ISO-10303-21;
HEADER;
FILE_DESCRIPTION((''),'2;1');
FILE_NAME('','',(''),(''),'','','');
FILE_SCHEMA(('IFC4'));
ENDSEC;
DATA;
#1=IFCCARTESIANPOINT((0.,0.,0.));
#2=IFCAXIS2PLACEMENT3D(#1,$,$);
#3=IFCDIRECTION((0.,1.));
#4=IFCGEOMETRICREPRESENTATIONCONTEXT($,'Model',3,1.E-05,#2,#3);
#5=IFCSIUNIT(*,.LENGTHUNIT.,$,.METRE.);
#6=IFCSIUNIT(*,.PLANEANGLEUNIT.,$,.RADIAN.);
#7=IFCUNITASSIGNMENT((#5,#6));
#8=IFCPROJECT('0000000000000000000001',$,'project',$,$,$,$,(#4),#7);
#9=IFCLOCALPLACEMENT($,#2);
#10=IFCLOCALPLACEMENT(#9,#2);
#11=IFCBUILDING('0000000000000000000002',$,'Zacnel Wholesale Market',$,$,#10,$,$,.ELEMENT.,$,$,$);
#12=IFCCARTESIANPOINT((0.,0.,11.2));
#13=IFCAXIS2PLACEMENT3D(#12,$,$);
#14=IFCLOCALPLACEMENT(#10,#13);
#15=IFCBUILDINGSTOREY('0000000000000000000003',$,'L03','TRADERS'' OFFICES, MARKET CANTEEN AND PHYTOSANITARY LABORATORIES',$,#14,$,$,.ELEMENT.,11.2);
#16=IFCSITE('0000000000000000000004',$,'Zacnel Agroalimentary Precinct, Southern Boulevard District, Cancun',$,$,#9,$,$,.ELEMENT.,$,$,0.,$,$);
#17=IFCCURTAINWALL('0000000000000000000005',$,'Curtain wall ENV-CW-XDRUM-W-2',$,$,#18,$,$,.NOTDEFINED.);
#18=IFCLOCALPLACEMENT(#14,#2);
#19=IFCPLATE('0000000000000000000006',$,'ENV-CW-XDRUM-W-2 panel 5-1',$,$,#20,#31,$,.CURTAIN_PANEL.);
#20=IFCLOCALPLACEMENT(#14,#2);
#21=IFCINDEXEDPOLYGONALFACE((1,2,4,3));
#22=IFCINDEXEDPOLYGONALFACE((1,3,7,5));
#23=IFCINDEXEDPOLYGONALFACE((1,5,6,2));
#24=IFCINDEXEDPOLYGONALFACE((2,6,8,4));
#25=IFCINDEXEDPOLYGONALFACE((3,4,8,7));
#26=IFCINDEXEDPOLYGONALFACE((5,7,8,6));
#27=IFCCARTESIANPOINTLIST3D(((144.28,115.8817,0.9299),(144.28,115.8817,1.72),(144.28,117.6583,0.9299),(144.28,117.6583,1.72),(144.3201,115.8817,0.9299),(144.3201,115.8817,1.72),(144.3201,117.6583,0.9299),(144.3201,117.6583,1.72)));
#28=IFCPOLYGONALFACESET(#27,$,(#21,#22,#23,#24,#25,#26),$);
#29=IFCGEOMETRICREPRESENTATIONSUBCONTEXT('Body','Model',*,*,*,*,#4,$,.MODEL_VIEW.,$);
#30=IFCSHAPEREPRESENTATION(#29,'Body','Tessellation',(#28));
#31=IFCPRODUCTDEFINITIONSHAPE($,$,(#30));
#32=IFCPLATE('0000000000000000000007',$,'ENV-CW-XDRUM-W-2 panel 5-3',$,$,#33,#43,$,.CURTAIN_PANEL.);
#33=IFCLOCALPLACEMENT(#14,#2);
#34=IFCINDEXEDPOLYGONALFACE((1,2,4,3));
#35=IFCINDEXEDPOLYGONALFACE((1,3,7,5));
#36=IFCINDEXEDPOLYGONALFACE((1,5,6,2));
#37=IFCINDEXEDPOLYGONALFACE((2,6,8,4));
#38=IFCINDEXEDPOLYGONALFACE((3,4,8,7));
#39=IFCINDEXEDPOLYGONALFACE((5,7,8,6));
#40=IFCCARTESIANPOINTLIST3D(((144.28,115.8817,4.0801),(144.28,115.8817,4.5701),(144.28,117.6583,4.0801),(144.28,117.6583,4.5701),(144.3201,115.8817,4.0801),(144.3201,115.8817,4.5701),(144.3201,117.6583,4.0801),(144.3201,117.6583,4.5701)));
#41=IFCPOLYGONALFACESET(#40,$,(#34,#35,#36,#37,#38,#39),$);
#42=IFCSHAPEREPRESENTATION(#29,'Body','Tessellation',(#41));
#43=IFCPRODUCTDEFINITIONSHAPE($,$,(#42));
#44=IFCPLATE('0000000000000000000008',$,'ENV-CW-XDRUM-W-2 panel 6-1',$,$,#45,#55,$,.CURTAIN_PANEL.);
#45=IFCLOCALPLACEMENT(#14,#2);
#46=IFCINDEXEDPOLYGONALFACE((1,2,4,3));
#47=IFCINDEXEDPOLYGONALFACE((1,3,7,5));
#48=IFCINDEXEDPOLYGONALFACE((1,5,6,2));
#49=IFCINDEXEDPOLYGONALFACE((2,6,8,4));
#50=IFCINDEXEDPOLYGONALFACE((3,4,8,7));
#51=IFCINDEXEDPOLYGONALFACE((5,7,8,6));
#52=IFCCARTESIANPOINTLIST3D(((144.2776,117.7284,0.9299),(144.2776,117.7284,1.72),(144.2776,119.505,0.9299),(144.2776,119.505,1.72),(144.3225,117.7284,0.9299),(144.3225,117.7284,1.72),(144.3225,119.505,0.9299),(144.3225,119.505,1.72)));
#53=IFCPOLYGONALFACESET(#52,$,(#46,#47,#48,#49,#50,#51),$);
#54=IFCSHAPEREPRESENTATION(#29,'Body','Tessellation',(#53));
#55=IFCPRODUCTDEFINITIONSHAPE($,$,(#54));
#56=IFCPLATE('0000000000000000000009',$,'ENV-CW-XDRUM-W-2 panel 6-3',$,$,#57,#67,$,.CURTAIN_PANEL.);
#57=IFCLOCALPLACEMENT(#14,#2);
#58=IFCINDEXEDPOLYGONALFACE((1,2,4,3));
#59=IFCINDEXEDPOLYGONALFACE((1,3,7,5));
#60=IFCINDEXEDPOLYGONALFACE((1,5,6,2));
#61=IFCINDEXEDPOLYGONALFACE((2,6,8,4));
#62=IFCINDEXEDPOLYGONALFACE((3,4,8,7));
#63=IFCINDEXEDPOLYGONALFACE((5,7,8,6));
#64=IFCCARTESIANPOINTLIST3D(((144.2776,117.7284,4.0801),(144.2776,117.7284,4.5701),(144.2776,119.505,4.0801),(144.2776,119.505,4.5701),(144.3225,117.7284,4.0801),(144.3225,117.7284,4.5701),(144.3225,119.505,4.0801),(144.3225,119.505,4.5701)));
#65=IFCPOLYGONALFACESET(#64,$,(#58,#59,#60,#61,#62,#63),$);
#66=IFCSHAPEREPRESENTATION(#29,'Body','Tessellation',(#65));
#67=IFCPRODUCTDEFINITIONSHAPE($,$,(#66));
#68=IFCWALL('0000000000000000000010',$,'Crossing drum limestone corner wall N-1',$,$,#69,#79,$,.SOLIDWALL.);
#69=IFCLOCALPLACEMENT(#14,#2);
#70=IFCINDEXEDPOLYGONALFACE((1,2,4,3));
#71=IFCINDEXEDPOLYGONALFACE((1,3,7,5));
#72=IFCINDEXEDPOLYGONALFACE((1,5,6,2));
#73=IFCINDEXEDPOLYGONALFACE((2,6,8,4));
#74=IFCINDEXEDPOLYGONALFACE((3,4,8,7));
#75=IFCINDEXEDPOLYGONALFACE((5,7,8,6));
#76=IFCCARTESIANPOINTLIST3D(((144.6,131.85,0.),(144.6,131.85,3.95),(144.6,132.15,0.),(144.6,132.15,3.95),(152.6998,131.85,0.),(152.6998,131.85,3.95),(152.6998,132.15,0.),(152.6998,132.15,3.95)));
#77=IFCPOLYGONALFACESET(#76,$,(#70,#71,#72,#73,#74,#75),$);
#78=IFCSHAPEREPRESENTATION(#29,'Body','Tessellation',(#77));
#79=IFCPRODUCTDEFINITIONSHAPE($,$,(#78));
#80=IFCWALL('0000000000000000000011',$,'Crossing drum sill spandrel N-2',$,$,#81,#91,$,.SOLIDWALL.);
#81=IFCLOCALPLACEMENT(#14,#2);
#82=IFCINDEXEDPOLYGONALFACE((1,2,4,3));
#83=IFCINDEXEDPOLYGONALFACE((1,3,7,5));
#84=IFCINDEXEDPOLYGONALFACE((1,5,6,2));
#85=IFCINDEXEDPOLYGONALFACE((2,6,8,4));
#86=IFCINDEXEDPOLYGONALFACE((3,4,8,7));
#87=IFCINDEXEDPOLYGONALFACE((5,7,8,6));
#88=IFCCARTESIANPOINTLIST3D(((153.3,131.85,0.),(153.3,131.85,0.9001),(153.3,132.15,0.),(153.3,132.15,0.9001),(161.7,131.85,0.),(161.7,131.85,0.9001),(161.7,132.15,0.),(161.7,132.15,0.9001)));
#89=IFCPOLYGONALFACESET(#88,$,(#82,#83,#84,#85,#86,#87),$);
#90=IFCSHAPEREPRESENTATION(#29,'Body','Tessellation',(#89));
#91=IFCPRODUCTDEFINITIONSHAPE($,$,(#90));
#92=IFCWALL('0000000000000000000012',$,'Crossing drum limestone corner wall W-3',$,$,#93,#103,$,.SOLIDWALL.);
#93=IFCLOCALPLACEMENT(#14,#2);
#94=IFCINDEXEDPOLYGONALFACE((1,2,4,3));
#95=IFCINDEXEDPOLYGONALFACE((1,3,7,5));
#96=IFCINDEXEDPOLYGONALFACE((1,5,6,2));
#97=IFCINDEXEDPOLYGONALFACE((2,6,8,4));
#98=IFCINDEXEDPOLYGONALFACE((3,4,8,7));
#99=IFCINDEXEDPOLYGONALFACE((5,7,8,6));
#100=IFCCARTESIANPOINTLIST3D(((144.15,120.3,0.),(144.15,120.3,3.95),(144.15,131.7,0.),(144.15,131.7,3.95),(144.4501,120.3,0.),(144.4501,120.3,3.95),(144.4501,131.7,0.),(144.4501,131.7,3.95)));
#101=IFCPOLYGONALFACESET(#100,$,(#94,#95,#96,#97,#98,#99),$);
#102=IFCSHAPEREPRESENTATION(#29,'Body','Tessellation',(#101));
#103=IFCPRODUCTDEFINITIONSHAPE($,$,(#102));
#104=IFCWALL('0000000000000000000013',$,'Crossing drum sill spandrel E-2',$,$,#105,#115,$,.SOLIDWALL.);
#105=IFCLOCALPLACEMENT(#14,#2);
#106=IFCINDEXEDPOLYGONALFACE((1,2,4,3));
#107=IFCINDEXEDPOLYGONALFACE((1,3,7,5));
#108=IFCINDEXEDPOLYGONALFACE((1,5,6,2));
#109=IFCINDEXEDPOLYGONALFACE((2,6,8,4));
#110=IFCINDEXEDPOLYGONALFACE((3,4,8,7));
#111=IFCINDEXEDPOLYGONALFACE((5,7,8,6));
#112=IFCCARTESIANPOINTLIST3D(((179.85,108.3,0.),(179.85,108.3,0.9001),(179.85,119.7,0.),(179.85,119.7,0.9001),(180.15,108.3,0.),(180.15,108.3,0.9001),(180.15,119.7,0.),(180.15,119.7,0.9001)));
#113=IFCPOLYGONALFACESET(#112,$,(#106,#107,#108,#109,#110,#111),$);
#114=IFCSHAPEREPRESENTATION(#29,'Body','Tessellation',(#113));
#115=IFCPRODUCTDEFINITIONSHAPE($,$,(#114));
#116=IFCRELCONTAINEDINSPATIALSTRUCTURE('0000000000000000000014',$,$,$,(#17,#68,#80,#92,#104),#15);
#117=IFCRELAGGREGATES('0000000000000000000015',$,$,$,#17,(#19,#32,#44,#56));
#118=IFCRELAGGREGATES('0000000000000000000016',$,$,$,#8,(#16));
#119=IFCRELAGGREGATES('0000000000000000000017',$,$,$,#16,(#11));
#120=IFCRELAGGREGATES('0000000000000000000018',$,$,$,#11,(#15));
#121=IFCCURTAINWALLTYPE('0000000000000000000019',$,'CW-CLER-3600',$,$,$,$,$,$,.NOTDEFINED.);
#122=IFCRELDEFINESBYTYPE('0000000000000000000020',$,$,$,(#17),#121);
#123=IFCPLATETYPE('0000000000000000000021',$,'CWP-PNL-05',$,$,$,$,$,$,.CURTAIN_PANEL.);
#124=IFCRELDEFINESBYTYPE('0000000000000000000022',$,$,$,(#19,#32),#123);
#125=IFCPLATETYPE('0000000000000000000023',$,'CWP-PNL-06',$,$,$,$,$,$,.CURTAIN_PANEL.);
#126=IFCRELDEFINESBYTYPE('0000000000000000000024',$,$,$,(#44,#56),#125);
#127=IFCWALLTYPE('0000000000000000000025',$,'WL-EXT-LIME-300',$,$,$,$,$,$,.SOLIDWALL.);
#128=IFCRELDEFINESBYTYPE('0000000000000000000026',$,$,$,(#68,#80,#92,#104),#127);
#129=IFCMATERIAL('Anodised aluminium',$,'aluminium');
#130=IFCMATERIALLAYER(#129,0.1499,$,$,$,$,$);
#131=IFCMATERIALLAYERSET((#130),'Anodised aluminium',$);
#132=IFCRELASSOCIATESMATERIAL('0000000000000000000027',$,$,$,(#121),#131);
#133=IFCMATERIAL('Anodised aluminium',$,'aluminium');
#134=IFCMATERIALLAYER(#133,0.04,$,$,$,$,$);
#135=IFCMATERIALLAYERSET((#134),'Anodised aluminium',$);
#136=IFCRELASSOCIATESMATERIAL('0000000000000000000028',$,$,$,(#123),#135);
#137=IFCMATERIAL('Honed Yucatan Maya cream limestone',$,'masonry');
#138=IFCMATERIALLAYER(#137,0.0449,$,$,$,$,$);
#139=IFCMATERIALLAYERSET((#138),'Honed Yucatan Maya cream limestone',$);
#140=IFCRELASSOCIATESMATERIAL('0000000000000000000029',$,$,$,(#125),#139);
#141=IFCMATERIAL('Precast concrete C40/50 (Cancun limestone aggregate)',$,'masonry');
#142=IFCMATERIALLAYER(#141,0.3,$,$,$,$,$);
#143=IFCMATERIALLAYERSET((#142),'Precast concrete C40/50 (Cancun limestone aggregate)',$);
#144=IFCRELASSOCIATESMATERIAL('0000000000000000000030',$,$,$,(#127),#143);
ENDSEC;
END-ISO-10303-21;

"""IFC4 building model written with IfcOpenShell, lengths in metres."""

from ifc_helpers import new_model, si_unit, direction, frame, frame_2d, origin, origin_2d, place, context, subcontext, project, spatial, rectangle, extrude, material, layer, layer_set, type_object, element, aggregate, save


model = new_model("IFC4")

# Units and contexts
model_context = context("Model", 3, precision=1e-05, world=origin(), true_north=direction((0.0, 1.0)))
body_context = subcontext(model_context, "Body", "Model", "MODEL_VIEW")
ifc_project = project(units=[si_unit("LENGTHUNIT", "METRE"), si_unit("PLANEANGLEUNIT", "RADIAN")], contexts=[model_context])

# Site, building, storey
site_placement = place(None, origin())
site = spatial("IfcSite", under=ifc_project, at=site_placement, Name="Zacnel Agroalimentary Precinct, Southern Boulevard District, Cancun", CompositionType="ELEMENT", RefElevation=0.0)
building_placement = place(site_placement, origin())
building = spatial("IfcBuilding", under=site, at=building_placement, Name="Zacnel Wholesale Market", CompositionType="ELEMENT")
storey_placement = place(building_placement, frame((0.0, 0.0, 11.2)))
storey = spatial("IfcBuildingStorey", under=building, at=storey_placement, Name="L03", Description="TRADERS' OFFICES, MARKET CANTEEN AND PHYTOSANITARY LABORATORIES", CompositionType="ELEMENT", Elevation=11.2)

# Shared definitions
ifc_material_1 = material(Name="Anodised aluminium", Category="aluminium")
ifc_layer_1 = layer(ifc_material_1, 0.1499)
ifc_layer_set_1 = layer_set([ifc_layer_1], Name="Anodised aluminium")
curtain_wall_type = type_object("IfcCurtainWallType", Name="CW-CLER-3600", PredefinedType="NOTDEFINED", material=ifc_layer_set_1)

# Curtain wall
curtain_wall_1_placement = place(storey_placement, origin())
curtain_wall_1 = element("IfcCurtainWall", 1, at=curtain_wall_1_placement, inside=storey, type_object=curtain_wall_type, Name="Curtain wall ENV-CW-XDRUM-W-2", PredefinedType="NOTDEFINED")

# Plates
ifc_material_2 = material(Name="Anodised aluminium", Category="aluminium")
ifc_layer_2 = layer(ifc_material_2, 0.04)
ifc_layer_set_2 = layer_set([ifc_layer_2], Name="Anodised aluminium")
plate_type_1 = type_object("IfcPlateType", Name="CWP-PNL-05", PredefinedType="CURTAIN_PANEL", material=ifc_layer_set_2)
plate_1_placement = place(storey_placement, frame((144.3, 116.77, 0.9299), z_axis=(0.0, 0.0, 1.0), x_axis=(0.0, 1.0, 0.0)))
plate_1 = element("IfcPlate", 2, at=plate_1_placement, type_object=plate_type_1, Name="ENV-CW-XDRUM-W-2 panel 5-1", PredefinedType="CURTAIN_PANEL", context=body_context, shape_type="SweptSolid", body=[
    extrude(rectangle(XDim=1.7766, YDim=0.04, at=origin_2d()), origin(), (0.0, 0.0, 1.0), 0.79),
])
plate_2_placement = place(storey_placement, frame((144.3, 116.77, 4.0801), z_axis=(0.0, 0.0, 1.0), x_axis=(0.0, 1.0, 0.0)))
plate_2 = element("IfcPlate", 3, at=plate_2_placement, type_object=plate_type_1, Name="ENV-CW-XDRUM-W-2 panel 5-3", PredefinedType="CURTAIN_PANEL", context=body_context, shape_type="SweptSolid", body=[
    extrude(rectangle(XDim=1.7766, YDim=0.04, at=origin_2d()), origin(), (0.0, 0.0, 1.0), 0.49),
])
ifc_material_3 = material(Name="Honed Yucatan Maya cream limestone", Category="masonry")
ifc_layer_3 = layer(ifc_material_3, 0.0449)
ifc_layer_set_3 = layer_set([ifc_layer_3], Name="Honed Yucatan Maya cream limestone")
plate_type_2 = type_object("IfcPlateType", Name="CWP-PNL-06", PredefinedType="CURTAIN_PANEL", material=ifc_layer_set_3)
plate_3_placement = place(storey_placement, frame((144.3, 118.6167, 0.9299), z_axis=(0.0, 0.0, 1.0), x_axis=(0.0, 1.0, 0.0)))
plate_3 = element("IfcPlate", 4, at=plate_3_placement, type_object=plate_type_2, Name="ENV-CW-XDRUM-W-2 panel 6-1", PredefinedType="CURTAIN_PANEL", context=body_context, shape_type="SweptSolid", body=[
    extrude(rectangle(XDim=1.7766, YDim=0.0449, at=origin_2d()), origin(), (0.0, 0.0, 1.0), 0.79),
])
plate_4_placement = place(storey_placement, frame((144.3, 118.6167, 4.0801), z_axis=(0.0, 0.0, 1.0), x_axis=(0.0, 1.0, 0.0)))
plate_4 = element("IfcPlate", 5, at=plate_4_placement, type_object=plate_type_2, Name="ENV-CW-XDRUM-W-2 panel 6-3", PredefinedType="CURTAIN_PANEL", context=body_context, shape_type="SweptSolid", body=[
    extrude(rectangle(XDim=1.7766, YDim=0.0449, at=origin_2d()), origin(), (0.0, 0.0, 1.0), 0.49),
])
aggregate(curtain_wall_1, [plate_1, plate_2, plate_3, plate_4])

# Walls
ifc_material_4 = material(Name="Precast concrete C40/50 (Cancun limestone aggregate)", Category="masonry")
ifc_layer_4 = layer(ifc_material_4, 0.3)
ifc_layer_set_4 = layer_set([ifc_layer_4], Name="Precast concrete C40/50 (Cancun limestone aggregate)")
wall_type = type_object("IfcWallType", Name="WL-EXT-LIME-300", PredefinedType="SOLIDWALL", material=ifc_layer_set_4)
wall_1_placement = place(storey_placement, frame((144.6001, 132.0, 0.0), z_axis=(0.0, 0.0, 1.0), x_axis=(1.0, 0.0, 0.0)))
element("IfcWall", 6, at=wall_1_placement, inside=storey, type_object=wall_type, Name="Crossing drum limestone corner wall N-1", PredefinedType="SOLIDWALL", context=body_context, shape_type="SweptSolid", body=[
    extrude(rectangle(XDim=8.0999, YDim=0.3, at=frame_2d((4.0498, 0.0))), origin(), (0.0, 0.0, 1.0), 3.95),
])
wall_2_placement = place(storey_placement, frame((153.3, 132.0, 0.0), z_axis=(0.0, 0.0, 1.0), x_axis=(1.0, 0.0, 0.0)))
element("IfcWall", 7, at=wall_2_placement, inside=storey, type_object=wall_type, Name="Crossing drum sill spandrel N-2", PredefinedType="SOLIDWALL", context=body_context, shape_type="SweptSolid", body=[
    extrude(rectangle(XDim=8.3999, YDim=0.3, at=frame_2d((4.2, 0.0))), origin(), (0.0, 0.0, 1.0), 0.9001),
])
wall_3_placement = place(storey_placement, frame((144.3, 120.3, 0.0), z_axis=(0.0, 0.0, 1.0), x_axis=(0.0, 1.0, 0.0)))
element("IfcWall", 8, at=wall_3_placement, inside=storey, type_object=wall_type, Name="Crossing drum limestone corner wall W-3", PredefinedType="SOLIDWALL", context=body_context, shape_type="SweptSolid", body=[
    extrude(rectangle(XDim=11.3999, YDim=0.3, at=frame_2d((5.7, 0.0))), origin(), (0.0, 0.0, 1.0), 3.95),
])
wall_4_placement = place(storey_placement, frame((180.0, 108.3, 0.0), z_axis=(0.0, 0.0, 1.0), x_axis=(0.0, 1.0, 0.0)))
element("IfcWall", 9, at=wall_4_placement, inside=storey, type_object=wall_type, Name="Crossing drum sill spandrel E-2", PredefinedType="SOLIDWALL", context=body_context, shape_type="SweptSolid", body=[
    extrude(rectangle(XDim=11.3999, YDim=0.3, at=frame_2d((5.7, 0.0))), origin(), (0.0, 0.0, 1.0), 0.9001),
])

save(model, "model.ifc")
